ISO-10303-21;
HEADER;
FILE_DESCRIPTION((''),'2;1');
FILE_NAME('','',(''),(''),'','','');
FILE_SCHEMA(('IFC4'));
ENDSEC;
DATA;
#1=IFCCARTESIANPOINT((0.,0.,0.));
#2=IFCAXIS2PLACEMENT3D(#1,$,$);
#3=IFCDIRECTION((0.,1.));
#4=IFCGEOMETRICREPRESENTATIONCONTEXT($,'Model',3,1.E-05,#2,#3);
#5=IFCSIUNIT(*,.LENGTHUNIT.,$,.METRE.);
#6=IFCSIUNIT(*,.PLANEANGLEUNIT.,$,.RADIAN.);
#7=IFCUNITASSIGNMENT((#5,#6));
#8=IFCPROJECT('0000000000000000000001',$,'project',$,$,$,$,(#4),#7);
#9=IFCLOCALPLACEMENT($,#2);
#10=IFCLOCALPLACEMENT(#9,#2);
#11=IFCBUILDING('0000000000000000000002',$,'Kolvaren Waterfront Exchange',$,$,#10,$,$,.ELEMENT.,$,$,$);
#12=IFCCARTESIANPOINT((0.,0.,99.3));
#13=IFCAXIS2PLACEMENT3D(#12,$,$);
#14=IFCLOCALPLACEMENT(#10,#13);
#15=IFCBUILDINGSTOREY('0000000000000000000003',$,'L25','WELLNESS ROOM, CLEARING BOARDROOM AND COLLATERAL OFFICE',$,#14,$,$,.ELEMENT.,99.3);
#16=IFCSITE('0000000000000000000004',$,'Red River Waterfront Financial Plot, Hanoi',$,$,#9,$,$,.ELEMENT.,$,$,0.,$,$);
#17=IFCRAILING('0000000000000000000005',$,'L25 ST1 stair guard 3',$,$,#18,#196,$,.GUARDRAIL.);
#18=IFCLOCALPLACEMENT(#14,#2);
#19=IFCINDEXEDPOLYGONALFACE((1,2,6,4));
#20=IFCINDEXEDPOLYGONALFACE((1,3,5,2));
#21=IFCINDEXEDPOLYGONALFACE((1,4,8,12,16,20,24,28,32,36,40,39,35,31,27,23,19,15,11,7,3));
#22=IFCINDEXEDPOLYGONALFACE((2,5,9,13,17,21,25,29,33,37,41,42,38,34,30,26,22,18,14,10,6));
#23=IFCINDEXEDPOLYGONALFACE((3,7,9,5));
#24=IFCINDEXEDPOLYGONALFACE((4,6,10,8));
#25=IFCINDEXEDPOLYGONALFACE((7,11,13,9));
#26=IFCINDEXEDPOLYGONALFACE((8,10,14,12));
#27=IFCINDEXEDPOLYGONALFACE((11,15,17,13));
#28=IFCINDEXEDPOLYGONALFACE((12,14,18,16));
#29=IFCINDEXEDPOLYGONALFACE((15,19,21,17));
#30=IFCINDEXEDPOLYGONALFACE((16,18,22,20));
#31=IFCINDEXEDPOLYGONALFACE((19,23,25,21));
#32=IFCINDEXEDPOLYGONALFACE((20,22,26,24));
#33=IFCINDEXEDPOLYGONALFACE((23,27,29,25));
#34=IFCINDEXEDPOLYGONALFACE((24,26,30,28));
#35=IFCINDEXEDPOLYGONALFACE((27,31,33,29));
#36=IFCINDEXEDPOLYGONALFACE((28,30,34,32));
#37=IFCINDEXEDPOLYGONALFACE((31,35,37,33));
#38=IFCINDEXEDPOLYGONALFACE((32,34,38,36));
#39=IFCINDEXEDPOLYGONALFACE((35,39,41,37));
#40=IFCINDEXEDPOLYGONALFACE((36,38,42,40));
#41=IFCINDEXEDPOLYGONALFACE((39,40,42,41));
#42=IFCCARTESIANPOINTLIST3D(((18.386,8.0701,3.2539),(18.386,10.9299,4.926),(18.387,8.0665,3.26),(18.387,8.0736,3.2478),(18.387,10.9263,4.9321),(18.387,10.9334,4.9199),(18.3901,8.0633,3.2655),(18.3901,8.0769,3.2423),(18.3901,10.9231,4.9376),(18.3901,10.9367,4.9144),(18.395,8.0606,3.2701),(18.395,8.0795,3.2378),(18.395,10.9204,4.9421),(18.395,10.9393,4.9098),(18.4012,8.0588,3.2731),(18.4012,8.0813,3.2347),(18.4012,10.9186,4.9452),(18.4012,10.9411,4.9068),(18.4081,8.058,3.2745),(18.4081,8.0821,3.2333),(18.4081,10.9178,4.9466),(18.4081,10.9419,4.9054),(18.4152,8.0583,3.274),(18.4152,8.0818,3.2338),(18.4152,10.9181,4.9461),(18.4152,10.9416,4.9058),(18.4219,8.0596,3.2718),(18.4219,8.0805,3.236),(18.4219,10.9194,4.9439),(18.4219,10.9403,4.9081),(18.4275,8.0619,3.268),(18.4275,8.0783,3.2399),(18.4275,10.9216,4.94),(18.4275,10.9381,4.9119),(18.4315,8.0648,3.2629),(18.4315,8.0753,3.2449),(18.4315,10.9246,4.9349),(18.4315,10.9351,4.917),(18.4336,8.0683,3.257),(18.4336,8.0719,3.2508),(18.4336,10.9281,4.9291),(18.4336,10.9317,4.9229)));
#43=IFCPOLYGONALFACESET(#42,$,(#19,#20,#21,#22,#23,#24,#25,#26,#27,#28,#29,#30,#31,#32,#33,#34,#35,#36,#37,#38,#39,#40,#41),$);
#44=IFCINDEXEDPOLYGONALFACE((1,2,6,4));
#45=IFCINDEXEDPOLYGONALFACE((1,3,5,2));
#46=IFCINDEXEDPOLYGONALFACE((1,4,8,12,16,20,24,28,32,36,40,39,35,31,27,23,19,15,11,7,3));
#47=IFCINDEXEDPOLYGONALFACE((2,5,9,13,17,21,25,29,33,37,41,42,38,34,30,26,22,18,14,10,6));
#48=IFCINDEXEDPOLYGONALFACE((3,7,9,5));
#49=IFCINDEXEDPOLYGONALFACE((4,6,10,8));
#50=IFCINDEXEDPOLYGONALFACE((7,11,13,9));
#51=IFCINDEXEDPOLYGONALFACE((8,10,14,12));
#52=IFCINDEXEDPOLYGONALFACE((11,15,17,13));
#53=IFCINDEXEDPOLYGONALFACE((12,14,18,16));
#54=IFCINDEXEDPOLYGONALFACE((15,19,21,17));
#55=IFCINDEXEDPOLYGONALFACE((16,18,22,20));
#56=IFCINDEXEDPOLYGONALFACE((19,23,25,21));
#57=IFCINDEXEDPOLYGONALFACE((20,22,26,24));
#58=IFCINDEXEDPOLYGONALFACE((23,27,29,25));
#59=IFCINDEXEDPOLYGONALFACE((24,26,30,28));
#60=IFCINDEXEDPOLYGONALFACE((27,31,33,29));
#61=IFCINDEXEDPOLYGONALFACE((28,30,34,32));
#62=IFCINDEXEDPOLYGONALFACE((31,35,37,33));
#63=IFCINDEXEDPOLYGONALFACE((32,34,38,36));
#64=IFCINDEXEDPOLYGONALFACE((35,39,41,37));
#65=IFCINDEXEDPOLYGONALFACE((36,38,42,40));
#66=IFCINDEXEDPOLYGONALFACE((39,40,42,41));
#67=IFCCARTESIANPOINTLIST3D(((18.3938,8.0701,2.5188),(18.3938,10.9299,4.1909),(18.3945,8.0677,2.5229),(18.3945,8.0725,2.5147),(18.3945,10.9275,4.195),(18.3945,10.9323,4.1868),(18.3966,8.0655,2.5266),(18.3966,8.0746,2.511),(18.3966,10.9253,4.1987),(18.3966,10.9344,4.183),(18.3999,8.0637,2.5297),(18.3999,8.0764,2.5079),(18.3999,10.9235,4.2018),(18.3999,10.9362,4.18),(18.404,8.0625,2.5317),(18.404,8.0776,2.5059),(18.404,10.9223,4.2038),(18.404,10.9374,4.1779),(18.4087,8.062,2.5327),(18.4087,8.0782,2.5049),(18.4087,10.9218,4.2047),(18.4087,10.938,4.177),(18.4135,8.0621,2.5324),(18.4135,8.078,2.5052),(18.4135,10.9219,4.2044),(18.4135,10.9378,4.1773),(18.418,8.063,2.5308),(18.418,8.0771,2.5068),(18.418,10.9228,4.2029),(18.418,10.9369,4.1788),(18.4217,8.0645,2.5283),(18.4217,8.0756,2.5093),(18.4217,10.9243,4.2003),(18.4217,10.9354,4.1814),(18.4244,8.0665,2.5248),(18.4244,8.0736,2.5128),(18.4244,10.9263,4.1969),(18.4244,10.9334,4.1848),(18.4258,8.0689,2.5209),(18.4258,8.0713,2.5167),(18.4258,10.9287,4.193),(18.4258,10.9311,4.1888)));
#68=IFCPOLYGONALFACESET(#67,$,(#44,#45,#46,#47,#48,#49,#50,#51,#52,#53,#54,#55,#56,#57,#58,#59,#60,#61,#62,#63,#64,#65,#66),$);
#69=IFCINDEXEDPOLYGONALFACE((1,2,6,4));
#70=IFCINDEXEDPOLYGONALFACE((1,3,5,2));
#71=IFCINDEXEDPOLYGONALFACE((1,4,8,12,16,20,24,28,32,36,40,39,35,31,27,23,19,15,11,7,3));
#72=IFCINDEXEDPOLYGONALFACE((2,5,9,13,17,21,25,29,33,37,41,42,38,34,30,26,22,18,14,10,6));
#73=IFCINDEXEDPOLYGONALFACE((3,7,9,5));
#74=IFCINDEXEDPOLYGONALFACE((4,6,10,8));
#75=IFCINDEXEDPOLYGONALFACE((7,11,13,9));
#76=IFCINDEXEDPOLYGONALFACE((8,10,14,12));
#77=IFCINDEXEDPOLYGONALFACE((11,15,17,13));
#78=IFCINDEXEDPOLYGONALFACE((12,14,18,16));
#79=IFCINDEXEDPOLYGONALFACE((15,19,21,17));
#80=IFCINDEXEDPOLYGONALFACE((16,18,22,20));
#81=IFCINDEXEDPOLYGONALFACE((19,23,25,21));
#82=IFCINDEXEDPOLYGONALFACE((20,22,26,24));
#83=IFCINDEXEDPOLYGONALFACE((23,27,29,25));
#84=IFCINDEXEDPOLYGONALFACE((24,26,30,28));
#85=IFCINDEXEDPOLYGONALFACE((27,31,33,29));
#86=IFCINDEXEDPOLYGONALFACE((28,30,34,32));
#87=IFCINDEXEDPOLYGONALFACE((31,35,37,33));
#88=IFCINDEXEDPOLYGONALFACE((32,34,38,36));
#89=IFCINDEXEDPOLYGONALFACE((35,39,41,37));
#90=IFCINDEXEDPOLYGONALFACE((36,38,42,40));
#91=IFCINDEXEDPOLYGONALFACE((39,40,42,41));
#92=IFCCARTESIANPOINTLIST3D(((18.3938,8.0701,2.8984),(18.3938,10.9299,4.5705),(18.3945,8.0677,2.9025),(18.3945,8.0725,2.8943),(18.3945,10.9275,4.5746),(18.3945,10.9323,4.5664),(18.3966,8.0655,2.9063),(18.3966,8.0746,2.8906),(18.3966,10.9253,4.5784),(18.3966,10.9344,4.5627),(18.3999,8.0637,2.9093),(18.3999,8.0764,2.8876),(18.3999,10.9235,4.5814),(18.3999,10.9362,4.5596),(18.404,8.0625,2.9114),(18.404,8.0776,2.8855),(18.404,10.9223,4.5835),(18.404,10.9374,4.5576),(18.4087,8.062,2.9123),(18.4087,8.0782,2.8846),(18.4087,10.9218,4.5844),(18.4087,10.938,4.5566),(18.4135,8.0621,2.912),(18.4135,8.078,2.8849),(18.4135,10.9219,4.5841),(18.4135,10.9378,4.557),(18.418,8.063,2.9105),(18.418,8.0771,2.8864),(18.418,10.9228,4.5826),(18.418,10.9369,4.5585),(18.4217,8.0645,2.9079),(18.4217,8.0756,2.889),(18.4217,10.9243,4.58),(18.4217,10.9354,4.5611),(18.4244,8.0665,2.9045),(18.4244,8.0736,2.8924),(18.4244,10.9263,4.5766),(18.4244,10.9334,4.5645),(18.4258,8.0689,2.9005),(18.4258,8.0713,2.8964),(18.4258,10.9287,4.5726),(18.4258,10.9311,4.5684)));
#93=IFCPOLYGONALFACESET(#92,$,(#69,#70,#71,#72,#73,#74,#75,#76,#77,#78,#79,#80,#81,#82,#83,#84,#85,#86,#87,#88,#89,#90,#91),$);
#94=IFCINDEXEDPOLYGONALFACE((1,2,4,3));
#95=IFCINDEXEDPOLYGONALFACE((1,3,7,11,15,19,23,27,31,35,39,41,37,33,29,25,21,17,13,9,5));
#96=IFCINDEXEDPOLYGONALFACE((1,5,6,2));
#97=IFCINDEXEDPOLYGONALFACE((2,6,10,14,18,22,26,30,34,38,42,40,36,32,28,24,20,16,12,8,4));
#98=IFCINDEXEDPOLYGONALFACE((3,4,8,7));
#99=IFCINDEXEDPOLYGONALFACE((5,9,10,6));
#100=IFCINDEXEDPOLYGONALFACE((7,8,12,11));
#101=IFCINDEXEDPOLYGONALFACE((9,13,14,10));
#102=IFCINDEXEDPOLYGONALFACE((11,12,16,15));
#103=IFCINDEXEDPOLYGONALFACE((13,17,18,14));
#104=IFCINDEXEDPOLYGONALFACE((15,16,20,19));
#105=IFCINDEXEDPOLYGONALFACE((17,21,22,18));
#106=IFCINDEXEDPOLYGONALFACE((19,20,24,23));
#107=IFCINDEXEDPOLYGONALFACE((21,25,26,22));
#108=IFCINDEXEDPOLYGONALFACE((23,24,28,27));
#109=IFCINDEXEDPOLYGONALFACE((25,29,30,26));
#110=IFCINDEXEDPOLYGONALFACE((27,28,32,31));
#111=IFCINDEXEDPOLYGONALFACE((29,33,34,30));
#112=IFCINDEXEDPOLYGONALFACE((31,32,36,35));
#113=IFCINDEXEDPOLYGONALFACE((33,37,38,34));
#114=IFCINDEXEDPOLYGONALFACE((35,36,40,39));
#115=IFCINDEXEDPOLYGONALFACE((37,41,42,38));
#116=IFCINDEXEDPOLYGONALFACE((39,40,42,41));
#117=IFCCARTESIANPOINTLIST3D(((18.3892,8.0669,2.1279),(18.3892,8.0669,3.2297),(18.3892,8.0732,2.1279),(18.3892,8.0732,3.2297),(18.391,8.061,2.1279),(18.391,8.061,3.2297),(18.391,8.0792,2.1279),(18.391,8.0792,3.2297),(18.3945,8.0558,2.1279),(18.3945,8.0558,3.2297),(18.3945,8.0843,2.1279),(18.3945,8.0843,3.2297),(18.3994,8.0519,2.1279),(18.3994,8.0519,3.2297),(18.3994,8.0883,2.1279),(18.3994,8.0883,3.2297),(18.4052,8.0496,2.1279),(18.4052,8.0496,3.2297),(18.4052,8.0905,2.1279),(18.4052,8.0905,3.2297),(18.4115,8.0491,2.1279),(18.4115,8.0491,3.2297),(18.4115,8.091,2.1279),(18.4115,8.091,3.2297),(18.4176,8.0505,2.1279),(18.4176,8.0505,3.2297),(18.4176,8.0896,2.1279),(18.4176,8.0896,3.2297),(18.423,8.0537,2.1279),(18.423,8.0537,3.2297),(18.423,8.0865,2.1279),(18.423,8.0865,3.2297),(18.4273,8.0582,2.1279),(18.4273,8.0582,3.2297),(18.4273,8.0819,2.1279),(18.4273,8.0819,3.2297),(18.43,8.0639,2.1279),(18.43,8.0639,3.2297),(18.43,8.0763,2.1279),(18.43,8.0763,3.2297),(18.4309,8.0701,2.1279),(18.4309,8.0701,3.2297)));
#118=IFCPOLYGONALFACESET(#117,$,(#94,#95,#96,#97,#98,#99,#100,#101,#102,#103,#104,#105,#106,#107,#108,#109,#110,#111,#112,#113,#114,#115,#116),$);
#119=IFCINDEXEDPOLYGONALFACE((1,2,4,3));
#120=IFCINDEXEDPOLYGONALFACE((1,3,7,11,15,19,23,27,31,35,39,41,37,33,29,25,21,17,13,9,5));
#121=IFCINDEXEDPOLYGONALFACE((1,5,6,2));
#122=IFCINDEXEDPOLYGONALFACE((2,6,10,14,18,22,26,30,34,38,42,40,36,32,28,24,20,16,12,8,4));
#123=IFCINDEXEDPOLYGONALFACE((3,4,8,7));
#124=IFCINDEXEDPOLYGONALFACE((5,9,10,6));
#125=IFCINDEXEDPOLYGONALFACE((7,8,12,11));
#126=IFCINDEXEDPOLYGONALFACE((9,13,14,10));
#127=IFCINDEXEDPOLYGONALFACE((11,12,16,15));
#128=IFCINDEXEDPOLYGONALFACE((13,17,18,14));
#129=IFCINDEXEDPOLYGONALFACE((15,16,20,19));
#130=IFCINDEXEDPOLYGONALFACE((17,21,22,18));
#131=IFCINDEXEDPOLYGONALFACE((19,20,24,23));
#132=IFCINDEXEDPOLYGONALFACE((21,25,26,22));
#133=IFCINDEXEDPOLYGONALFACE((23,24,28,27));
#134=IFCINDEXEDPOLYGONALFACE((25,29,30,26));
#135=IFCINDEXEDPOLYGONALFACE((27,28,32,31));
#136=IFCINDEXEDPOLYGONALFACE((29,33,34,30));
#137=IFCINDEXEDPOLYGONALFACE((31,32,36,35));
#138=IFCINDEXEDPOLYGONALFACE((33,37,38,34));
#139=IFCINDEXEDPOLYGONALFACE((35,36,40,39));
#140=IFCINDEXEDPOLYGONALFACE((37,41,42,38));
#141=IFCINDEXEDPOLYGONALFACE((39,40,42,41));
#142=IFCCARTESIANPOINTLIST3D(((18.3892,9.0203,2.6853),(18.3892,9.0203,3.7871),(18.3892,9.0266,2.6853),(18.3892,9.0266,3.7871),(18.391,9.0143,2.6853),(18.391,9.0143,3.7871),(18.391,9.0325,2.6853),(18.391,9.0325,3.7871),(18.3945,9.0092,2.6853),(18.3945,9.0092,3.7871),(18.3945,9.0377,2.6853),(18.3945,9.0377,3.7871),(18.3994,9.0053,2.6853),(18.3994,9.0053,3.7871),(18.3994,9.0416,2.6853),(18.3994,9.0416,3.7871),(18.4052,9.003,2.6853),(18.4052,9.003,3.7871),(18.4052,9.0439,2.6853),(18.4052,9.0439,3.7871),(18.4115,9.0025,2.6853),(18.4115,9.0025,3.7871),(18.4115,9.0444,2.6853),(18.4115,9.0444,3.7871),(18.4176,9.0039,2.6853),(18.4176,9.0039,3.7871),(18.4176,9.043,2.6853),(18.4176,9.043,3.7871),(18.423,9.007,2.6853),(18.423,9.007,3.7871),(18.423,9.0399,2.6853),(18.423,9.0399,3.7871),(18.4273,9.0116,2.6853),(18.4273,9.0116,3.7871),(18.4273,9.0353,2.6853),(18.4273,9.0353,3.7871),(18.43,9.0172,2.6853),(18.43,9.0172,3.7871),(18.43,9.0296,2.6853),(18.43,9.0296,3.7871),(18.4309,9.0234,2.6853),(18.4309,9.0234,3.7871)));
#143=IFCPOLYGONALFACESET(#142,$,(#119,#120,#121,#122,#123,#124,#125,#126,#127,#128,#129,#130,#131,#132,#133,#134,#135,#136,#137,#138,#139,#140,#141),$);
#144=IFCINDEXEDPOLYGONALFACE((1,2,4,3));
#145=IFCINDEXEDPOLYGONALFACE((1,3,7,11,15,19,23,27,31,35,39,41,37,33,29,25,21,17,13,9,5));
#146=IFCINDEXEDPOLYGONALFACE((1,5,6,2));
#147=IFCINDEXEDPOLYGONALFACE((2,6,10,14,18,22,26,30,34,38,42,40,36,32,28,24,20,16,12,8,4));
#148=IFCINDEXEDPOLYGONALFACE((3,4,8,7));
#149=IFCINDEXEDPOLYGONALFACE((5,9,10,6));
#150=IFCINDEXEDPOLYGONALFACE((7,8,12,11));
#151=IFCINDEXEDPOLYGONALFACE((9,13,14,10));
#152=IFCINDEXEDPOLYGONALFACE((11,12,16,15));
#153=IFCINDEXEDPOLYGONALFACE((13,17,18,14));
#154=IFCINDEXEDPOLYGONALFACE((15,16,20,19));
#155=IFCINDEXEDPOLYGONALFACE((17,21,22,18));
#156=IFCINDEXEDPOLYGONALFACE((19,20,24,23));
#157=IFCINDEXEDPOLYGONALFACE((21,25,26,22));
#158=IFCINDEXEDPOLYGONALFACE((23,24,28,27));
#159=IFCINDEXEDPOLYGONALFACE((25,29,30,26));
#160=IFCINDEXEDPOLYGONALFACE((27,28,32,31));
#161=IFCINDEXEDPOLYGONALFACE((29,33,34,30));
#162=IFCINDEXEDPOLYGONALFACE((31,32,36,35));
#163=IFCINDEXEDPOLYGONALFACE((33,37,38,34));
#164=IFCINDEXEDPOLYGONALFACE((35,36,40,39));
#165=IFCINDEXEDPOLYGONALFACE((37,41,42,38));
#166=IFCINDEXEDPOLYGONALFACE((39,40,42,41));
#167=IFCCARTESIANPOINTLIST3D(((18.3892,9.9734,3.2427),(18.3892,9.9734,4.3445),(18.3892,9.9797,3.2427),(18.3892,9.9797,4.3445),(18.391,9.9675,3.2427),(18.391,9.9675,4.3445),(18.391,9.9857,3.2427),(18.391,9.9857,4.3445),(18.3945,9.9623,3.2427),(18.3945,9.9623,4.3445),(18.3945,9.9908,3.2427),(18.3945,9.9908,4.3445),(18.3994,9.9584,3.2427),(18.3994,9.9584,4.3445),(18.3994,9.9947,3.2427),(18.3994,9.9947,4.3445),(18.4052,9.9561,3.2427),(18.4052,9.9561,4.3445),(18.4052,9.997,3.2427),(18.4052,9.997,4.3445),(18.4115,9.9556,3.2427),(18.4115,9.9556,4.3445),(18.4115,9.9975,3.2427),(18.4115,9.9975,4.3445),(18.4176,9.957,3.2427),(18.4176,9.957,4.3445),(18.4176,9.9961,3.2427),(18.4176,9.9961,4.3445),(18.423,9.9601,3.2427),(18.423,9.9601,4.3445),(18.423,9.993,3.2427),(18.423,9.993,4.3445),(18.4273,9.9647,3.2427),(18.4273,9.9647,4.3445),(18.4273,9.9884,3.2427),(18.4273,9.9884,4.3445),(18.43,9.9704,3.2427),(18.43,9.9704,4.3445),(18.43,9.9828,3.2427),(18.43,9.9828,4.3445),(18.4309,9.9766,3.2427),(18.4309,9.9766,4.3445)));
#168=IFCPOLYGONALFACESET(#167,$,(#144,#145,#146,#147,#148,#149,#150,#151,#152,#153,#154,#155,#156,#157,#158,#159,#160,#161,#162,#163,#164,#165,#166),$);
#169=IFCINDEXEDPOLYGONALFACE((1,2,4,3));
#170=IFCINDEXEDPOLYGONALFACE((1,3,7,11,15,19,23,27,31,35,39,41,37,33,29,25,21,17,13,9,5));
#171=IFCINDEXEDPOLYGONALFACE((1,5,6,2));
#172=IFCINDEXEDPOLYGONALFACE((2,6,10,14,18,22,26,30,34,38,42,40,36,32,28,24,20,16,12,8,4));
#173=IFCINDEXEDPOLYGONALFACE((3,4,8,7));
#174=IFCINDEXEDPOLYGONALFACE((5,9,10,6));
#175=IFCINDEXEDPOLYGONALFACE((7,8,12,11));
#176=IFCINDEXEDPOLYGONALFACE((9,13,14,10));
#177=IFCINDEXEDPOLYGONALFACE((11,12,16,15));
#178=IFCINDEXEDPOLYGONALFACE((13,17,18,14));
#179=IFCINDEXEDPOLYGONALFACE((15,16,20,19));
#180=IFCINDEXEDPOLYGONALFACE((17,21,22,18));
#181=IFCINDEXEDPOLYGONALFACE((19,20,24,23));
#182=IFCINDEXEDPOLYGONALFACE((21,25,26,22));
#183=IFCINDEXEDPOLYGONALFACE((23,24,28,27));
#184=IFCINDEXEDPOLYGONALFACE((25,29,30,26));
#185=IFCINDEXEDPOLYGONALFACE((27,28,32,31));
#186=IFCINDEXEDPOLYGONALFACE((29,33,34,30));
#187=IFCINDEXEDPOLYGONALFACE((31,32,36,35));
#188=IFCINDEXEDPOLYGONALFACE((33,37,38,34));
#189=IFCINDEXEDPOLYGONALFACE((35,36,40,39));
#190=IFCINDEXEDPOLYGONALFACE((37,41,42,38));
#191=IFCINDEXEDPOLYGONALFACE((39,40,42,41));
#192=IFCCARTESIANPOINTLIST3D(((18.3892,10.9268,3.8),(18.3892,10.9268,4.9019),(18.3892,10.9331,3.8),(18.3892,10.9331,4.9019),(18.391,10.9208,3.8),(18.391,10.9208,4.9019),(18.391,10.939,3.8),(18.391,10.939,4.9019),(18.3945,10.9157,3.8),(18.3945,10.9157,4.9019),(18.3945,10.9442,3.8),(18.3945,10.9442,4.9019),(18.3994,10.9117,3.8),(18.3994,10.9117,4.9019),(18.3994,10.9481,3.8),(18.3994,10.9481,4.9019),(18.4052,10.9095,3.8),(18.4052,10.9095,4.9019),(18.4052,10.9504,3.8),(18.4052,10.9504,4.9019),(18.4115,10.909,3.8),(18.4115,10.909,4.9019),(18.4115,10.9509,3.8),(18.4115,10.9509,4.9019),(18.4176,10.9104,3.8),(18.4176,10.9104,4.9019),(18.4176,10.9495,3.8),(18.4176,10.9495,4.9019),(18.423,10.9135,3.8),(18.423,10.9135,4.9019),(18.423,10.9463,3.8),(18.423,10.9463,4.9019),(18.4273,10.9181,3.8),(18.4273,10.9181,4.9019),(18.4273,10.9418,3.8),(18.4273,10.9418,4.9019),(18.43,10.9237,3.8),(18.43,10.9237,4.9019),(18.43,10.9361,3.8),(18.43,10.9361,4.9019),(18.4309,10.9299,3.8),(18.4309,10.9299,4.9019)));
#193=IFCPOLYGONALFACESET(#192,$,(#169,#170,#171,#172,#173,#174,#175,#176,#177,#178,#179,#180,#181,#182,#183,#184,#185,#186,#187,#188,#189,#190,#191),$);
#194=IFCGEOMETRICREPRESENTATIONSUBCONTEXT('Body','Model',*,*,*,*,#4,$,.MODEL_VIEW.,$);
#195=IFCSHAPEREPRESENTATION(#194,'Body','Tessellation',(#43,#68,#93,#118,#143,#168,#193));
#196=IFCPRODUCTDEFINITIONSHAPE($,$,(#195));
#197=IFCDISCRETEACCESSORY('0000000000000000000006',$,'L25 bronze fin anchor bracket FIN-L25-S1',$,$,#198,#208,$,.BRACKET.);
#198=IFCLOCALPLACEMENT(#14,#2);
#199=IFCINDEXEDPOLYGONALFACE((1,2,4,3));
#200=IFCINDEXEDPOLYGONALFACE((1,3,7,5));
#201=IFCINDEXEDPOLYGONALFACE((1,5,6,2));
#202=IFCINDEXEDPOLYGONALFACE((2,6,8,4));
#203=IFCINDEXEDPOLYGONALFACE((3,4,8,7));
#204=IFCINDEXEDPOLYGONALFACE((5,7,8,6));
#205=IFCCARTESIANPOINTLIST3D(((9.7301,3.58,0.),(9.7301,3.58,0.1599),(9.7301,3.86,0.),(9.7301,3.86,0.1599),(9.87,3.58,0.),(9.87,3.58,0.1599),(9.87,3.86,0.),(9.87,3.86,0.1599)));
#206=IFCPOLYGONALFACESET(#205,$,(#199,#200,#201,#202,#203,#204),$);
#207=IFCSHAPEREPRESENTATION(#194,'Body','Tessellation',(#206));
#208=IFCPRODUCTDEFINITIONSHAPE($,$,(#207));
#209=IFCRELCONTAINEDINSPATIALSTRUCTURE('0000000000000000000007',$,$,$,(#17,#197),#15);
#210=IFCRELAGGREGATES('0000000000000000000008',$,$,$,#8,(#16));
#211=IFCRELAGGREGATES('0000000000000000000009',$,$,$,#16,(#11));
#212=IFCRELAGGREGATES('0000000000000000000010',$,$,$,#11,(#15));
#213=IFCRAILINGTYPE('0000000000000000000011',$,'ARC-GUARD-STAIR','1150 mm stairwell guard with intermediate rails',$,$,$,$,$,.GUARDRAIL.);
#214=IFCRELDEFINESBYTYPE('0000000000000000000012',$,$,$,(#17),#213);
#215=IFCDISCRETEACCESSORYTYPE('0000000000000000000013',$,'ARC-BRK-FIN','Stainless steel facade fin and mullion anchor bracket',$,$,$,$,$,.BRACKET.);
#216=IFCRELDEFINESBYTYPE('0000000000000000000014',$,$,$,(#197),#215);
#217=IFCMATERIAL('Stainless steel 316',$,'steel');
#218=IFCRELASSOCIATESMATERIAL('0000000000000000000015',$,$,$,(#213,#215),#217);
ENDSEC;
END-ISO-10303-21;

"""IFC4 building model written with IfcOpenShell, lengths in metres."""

from ifc_helpers import new_model, si_unit, direction, frame, origin, origin_with_axes, origin_2d, place, context, subcontext, project, spatial, rectangle, circle, extrude, source, transform, mapped, material, type_object, element, save


model = new_model("IFC4")

# Units and contexts
model_context = context("Model", 3, precision=1e-05, world=origin(), true_north=direction((0.0, 1.0)))
body_context = subcontext(model_context, "Body", "Model", "MODEL_VIEW")
ifc_project = project(units=[si_unit("LENGTHUNIT", "METRE"), si_unit("PLANEANGLEUNIT", "RADIAN")], contexts=[model_context])

# Site, building, storey
site_placement = place(None, origin())
site = spatial("IfcSite", under=ifc_project, at=site_placement, Name="Red River Waterfront Financial Plot, Hanoi", CompositionType="ELEMENT", RefElevation=0.0)
building_placement = place(site_placement, origin())
building = spatial("IfcBuilding", under=site, at=building_placement, Name="Kolvaren Waterfront Exchange", CompositionType="ELEMENT")
storey_placement = place(building_placement, frame((0.0, 0.0, 99.3)))
storey = spatial("IfcBuildingStorey", under=building, at=storey_placement, Name="L25", Description="WELLNESS ROOM, CLEARING BOARDROOM AND COLLATERAL OFFICE", CompositionType="ELEMENT", Elevation=99.3)

# Railing
ifc_material_1 = material(Name="Stainless steel 316", Category="steel")
railing_type = type_object("IfcRailingType", Name="ARC-GUARD-STAIR", Description="1150 mm stairwell guard with intermediate rails", PredefinedType="GUARDRAIL", material=ifc_material_1)
railing_1_placement = place(storey_placement, frame((18.4099, 8.0701, 2.1279)))
element("IfcRailing", 1, at=railing_1_placement, inside=storey, type_object=railing_type, Name="L25 ST1 stair guard 3", PredefinedType="GUARDRAIL", context=body_context, shape_type="SweptSolid", body=[
    extrude(circle(Radius=0.0239, at=origin_2d()), frame((0.0, 0.0, 1.126), z_axis=(0.0, 0.863271, 0.504741), x_axis=(-1.0, 0.0, 0.0)), (0.0, 0.0, 1.0), 3.3127),
    extrude(circle(Radius=0.0161, at=origin_2d()), frame((0.0, 0.0, 0.3909), z_axis=(0.0, 0.863271, 0.504741), x_axis=(-1.0, 0.0, 0.0)), (0.0, 0.0, 1.0), 3.3127),
    extrude(circle(Radius=0.0161, at=origin_2d()), frame((0.0, 0.0, 0.7705), z_axis=(0.0, 0.863271, 0.504741), x_axis=(-1.0, 0.0, 0.0)), (0.0, 0.0, 1.0), 3.3127),
    extrude(circle(Radius=0.021, at=origin_2d()), origin(), (0.0, 0.0, 1.0), 1.1018),
    extrude(circle(Radius=0.021, at=origin_2d()), frame((0.0, 0.9534, 0.5574)), (0.0, 0.0, 1.0), 1.1018),
    extrude(circle(Radius=0.021, at=origin_2d()), frame((0.0, 1.9065, 1.1147)), (0.0, 0.0, 1.0), 1.1018),
    extrude(circle(Radius=0.021, at=origin_2d()), frame((0.0, 2.8599, 1.6721)), (0.0, 0.0, 1.0), 1.1018),
])

# Discrete accessory
discrete_accessory_type = type_object("IfcDiscreteAccessoryType", Name="ARC-BRK-FIN", Description="Stainless steel facade fin and mullion anchor bracket", PredefinedType="BRACKET", material=ifc_material_1)
shared_shape_1 = source(origin_with_axes(), body_context, "Body", "SweptSolid", [
    extrude(rectangle(XDim=0.28, YDim=0.1399, at=origin_2d()), origin(), (0.0, 0.0, 1.0), 0.1599),
])
for number, where, z_axis, x_axis, name in (
    (2, (9.8, 3.72, 0.0), (0.0, 0.0, 1.0), (0.0, -1.0, 0.0), "L25 bronze fin anchor bracket FIN-L25-S1"),
):
    element("IfcDiscreteAccessory", number, at=place(storey_placement, frame(where, z_axis=z_axis, x_axis=x_axis)), inside=storey, type_object=discrete_accessory_type, Name=name, PredefinedType="BRACKET", context=body_context, shape_type="MappedRepresentation", body=[
        mapped(shared_shape_1, transform((0.0, 0.0, 0.0), x_axis=(1.0, 0.0, 0.0), y_axis=(0.0, 1.0, 0.0), z_axis=(0.0, 0.0, 1.0), scale=1.0)),
    ])

save(model, "model.ifc")
